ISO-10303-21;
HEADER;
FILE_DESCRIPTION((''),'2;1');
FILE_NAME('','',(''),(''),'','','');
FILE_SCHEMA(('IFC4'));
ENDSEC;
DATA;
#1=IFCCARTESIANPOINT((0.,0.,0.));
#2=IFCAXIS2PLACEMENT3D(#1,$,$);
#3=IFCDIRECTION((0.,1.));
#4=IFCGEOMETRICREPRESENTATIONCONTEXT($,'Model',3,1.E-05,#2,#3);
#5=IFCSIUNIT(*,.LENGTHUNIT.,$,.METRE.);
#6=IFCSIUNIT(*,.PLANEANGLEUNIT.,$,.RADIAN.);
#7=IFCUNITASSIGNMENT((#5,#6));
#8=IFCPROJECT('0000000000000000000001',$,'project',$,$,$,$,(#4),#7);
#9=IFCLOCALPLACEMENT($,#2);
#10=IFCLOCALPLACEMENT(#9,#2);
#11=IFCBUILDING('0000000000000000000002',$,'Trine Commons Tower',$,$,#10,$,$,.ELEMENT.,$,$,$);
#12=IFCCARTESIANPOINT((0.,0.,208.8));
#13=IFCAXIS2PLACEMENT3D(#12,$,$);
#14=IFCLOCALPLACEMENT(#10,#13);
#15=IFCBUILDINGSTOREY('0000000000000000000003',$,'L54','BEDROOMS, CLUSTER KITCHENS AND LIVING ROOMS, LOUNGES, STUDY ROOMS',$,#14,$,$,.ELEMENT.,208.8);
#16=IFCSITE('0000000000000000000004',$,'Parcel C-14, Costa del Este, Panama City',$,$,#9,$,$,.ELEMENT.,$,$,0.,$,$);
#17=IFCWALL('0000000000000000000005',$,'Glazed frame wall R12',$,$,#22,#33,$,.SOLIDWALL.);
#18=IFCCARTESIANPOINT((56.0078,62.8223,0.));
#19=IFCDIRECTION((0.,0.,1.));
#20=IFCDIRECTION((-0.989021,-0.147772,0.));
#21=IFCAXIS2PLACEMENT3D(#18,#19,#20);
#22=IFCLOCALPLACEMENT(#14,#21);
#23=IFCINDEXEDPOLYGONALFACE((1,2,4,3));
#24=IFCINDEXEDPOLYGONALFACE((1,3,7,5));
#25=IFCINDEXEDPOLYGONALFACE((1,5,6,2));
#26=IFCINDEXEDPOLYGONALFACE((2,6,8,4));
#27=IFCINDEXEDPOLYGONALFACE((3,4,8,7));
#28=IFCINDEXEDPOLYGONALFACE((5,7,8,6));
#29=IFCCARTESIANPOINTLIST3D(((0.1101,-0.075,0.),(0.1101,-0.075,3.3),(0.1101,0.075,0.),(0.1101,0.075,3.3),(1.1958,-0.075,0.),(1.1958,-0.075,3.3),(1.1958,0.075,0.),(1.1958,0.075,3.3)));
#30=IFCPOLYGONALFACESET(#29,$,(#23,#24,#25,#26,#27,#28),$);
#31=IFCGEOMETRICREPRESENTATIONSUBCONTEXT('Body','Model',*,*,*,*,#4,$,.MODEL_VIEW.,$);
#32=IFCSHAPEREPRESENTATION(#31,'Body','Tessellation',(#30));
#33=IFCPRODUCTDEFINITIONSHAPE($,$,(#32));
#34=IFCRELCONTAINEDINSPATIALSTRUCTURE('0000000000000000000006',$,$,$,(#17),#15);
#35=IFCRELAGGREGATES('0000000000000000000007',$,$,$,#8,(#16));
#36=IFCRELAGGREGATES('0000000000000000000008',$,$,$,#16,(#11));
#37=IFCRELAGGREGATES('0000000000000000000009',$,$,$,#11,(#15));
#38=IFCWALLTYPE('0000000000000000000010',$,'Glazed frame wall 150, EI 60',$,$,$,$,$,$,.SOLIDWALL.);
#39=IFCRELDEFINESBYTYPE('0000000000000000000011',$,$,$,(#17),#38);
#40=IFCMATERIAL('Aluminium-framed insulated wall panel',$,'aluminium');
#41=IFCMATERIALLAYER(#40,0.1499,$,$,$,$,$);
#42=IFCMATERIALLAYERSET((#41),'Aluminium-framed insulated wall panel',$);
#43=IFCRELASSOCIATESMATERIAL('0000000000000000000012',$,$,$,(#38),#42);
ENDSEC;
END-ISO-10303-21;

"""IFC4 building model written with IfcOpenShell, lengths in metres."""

from ifc_helpers import new_model, si_unit, direction, frame, origin, place, context, subcontext, project, spatial, polyline, outline, extrude, material, layer, layer_set, type_object, element, save


model = new_model("IFC4")

# Units and contexts
model_context = context("Model", 3, precision=1e-05, world=origin(), true_north=direction((0.0, 1.0)))
body_context = subcontext(model_context, "Body", "Model", "MODEL_VIEW")
ifc_project = project(units=[si_unit("LENGTHUNIT", "METRE"), si_unit("PLANEANGLEUNIT", "RADIAN")], contexts=[model_context])

# Site, building, storey
site_placement = place(None, origin())
site = spatial("IfcSite", under=ifc_project, at=site_placement, Name="Parcel C-14, Costa del Este, Panama City", CompositionType="ELEMENT", RefElevation=0.0)
building_placement = place(site_placement, origin())
building = spatial("IfcBuilding", under=site, at=building_placement, Name="Trine Commons Tower", CompositionType="ELEMENT")
storey_placement = place(building_placement, frame((0.0, 0.0, 208.8)))
storey = spatial("IfcBuildingStorey", under=building, at=storey_placement, Name="L54", Description="BEDROOMS, CLUSTER KITCHENS AND LIVING ROOMS, LOUNGES, STUDY ROOMS", CompositionType="ELEMENT", Elevation=208.8)

# Shared definitions
ifc_material_1 = material(Name="Aluminium-framed insulated wall panel", Category="aluminium")
ifc_layer_1 = layer(ifc_material_1, 0.1499)
ifc_layer_set_1 = layer_set([ifc_layer_1], Name="Aluminium-framed insulated wall panel")
wall_type_1 = type_object("IfcWallType", Name="Glazed frame wall 150, EI 60", PredefinedType="SOLIDWALL", material=ifc_layer_set_1)

# Wall
wall_1_placement = place(storey_placement, frame((56.0078, 62.8223, 0.0), z_axis=(0.0, 0.0, 1.0), x_axis=(-0.989021, -0.147772, 0.0)))
element("IfcWall", 1, at=wall_1_placement, inside=storey, type_object=wall_type_1, Name="Glazed frame wall R12", PredefinedType="SOLIDWALL", context=body_context, shape_type="SweptSolid", body=[
    extrude(outline(polyline([(0.1101, 0.075), (0.1101, -0.075), (1.1958, -0.075), (1.1958, 0.075), (0.1101, 0.075)])), origin(), (0.0, 0.0, 1.0), 3.3),
])

save(model, "model.ifc")
